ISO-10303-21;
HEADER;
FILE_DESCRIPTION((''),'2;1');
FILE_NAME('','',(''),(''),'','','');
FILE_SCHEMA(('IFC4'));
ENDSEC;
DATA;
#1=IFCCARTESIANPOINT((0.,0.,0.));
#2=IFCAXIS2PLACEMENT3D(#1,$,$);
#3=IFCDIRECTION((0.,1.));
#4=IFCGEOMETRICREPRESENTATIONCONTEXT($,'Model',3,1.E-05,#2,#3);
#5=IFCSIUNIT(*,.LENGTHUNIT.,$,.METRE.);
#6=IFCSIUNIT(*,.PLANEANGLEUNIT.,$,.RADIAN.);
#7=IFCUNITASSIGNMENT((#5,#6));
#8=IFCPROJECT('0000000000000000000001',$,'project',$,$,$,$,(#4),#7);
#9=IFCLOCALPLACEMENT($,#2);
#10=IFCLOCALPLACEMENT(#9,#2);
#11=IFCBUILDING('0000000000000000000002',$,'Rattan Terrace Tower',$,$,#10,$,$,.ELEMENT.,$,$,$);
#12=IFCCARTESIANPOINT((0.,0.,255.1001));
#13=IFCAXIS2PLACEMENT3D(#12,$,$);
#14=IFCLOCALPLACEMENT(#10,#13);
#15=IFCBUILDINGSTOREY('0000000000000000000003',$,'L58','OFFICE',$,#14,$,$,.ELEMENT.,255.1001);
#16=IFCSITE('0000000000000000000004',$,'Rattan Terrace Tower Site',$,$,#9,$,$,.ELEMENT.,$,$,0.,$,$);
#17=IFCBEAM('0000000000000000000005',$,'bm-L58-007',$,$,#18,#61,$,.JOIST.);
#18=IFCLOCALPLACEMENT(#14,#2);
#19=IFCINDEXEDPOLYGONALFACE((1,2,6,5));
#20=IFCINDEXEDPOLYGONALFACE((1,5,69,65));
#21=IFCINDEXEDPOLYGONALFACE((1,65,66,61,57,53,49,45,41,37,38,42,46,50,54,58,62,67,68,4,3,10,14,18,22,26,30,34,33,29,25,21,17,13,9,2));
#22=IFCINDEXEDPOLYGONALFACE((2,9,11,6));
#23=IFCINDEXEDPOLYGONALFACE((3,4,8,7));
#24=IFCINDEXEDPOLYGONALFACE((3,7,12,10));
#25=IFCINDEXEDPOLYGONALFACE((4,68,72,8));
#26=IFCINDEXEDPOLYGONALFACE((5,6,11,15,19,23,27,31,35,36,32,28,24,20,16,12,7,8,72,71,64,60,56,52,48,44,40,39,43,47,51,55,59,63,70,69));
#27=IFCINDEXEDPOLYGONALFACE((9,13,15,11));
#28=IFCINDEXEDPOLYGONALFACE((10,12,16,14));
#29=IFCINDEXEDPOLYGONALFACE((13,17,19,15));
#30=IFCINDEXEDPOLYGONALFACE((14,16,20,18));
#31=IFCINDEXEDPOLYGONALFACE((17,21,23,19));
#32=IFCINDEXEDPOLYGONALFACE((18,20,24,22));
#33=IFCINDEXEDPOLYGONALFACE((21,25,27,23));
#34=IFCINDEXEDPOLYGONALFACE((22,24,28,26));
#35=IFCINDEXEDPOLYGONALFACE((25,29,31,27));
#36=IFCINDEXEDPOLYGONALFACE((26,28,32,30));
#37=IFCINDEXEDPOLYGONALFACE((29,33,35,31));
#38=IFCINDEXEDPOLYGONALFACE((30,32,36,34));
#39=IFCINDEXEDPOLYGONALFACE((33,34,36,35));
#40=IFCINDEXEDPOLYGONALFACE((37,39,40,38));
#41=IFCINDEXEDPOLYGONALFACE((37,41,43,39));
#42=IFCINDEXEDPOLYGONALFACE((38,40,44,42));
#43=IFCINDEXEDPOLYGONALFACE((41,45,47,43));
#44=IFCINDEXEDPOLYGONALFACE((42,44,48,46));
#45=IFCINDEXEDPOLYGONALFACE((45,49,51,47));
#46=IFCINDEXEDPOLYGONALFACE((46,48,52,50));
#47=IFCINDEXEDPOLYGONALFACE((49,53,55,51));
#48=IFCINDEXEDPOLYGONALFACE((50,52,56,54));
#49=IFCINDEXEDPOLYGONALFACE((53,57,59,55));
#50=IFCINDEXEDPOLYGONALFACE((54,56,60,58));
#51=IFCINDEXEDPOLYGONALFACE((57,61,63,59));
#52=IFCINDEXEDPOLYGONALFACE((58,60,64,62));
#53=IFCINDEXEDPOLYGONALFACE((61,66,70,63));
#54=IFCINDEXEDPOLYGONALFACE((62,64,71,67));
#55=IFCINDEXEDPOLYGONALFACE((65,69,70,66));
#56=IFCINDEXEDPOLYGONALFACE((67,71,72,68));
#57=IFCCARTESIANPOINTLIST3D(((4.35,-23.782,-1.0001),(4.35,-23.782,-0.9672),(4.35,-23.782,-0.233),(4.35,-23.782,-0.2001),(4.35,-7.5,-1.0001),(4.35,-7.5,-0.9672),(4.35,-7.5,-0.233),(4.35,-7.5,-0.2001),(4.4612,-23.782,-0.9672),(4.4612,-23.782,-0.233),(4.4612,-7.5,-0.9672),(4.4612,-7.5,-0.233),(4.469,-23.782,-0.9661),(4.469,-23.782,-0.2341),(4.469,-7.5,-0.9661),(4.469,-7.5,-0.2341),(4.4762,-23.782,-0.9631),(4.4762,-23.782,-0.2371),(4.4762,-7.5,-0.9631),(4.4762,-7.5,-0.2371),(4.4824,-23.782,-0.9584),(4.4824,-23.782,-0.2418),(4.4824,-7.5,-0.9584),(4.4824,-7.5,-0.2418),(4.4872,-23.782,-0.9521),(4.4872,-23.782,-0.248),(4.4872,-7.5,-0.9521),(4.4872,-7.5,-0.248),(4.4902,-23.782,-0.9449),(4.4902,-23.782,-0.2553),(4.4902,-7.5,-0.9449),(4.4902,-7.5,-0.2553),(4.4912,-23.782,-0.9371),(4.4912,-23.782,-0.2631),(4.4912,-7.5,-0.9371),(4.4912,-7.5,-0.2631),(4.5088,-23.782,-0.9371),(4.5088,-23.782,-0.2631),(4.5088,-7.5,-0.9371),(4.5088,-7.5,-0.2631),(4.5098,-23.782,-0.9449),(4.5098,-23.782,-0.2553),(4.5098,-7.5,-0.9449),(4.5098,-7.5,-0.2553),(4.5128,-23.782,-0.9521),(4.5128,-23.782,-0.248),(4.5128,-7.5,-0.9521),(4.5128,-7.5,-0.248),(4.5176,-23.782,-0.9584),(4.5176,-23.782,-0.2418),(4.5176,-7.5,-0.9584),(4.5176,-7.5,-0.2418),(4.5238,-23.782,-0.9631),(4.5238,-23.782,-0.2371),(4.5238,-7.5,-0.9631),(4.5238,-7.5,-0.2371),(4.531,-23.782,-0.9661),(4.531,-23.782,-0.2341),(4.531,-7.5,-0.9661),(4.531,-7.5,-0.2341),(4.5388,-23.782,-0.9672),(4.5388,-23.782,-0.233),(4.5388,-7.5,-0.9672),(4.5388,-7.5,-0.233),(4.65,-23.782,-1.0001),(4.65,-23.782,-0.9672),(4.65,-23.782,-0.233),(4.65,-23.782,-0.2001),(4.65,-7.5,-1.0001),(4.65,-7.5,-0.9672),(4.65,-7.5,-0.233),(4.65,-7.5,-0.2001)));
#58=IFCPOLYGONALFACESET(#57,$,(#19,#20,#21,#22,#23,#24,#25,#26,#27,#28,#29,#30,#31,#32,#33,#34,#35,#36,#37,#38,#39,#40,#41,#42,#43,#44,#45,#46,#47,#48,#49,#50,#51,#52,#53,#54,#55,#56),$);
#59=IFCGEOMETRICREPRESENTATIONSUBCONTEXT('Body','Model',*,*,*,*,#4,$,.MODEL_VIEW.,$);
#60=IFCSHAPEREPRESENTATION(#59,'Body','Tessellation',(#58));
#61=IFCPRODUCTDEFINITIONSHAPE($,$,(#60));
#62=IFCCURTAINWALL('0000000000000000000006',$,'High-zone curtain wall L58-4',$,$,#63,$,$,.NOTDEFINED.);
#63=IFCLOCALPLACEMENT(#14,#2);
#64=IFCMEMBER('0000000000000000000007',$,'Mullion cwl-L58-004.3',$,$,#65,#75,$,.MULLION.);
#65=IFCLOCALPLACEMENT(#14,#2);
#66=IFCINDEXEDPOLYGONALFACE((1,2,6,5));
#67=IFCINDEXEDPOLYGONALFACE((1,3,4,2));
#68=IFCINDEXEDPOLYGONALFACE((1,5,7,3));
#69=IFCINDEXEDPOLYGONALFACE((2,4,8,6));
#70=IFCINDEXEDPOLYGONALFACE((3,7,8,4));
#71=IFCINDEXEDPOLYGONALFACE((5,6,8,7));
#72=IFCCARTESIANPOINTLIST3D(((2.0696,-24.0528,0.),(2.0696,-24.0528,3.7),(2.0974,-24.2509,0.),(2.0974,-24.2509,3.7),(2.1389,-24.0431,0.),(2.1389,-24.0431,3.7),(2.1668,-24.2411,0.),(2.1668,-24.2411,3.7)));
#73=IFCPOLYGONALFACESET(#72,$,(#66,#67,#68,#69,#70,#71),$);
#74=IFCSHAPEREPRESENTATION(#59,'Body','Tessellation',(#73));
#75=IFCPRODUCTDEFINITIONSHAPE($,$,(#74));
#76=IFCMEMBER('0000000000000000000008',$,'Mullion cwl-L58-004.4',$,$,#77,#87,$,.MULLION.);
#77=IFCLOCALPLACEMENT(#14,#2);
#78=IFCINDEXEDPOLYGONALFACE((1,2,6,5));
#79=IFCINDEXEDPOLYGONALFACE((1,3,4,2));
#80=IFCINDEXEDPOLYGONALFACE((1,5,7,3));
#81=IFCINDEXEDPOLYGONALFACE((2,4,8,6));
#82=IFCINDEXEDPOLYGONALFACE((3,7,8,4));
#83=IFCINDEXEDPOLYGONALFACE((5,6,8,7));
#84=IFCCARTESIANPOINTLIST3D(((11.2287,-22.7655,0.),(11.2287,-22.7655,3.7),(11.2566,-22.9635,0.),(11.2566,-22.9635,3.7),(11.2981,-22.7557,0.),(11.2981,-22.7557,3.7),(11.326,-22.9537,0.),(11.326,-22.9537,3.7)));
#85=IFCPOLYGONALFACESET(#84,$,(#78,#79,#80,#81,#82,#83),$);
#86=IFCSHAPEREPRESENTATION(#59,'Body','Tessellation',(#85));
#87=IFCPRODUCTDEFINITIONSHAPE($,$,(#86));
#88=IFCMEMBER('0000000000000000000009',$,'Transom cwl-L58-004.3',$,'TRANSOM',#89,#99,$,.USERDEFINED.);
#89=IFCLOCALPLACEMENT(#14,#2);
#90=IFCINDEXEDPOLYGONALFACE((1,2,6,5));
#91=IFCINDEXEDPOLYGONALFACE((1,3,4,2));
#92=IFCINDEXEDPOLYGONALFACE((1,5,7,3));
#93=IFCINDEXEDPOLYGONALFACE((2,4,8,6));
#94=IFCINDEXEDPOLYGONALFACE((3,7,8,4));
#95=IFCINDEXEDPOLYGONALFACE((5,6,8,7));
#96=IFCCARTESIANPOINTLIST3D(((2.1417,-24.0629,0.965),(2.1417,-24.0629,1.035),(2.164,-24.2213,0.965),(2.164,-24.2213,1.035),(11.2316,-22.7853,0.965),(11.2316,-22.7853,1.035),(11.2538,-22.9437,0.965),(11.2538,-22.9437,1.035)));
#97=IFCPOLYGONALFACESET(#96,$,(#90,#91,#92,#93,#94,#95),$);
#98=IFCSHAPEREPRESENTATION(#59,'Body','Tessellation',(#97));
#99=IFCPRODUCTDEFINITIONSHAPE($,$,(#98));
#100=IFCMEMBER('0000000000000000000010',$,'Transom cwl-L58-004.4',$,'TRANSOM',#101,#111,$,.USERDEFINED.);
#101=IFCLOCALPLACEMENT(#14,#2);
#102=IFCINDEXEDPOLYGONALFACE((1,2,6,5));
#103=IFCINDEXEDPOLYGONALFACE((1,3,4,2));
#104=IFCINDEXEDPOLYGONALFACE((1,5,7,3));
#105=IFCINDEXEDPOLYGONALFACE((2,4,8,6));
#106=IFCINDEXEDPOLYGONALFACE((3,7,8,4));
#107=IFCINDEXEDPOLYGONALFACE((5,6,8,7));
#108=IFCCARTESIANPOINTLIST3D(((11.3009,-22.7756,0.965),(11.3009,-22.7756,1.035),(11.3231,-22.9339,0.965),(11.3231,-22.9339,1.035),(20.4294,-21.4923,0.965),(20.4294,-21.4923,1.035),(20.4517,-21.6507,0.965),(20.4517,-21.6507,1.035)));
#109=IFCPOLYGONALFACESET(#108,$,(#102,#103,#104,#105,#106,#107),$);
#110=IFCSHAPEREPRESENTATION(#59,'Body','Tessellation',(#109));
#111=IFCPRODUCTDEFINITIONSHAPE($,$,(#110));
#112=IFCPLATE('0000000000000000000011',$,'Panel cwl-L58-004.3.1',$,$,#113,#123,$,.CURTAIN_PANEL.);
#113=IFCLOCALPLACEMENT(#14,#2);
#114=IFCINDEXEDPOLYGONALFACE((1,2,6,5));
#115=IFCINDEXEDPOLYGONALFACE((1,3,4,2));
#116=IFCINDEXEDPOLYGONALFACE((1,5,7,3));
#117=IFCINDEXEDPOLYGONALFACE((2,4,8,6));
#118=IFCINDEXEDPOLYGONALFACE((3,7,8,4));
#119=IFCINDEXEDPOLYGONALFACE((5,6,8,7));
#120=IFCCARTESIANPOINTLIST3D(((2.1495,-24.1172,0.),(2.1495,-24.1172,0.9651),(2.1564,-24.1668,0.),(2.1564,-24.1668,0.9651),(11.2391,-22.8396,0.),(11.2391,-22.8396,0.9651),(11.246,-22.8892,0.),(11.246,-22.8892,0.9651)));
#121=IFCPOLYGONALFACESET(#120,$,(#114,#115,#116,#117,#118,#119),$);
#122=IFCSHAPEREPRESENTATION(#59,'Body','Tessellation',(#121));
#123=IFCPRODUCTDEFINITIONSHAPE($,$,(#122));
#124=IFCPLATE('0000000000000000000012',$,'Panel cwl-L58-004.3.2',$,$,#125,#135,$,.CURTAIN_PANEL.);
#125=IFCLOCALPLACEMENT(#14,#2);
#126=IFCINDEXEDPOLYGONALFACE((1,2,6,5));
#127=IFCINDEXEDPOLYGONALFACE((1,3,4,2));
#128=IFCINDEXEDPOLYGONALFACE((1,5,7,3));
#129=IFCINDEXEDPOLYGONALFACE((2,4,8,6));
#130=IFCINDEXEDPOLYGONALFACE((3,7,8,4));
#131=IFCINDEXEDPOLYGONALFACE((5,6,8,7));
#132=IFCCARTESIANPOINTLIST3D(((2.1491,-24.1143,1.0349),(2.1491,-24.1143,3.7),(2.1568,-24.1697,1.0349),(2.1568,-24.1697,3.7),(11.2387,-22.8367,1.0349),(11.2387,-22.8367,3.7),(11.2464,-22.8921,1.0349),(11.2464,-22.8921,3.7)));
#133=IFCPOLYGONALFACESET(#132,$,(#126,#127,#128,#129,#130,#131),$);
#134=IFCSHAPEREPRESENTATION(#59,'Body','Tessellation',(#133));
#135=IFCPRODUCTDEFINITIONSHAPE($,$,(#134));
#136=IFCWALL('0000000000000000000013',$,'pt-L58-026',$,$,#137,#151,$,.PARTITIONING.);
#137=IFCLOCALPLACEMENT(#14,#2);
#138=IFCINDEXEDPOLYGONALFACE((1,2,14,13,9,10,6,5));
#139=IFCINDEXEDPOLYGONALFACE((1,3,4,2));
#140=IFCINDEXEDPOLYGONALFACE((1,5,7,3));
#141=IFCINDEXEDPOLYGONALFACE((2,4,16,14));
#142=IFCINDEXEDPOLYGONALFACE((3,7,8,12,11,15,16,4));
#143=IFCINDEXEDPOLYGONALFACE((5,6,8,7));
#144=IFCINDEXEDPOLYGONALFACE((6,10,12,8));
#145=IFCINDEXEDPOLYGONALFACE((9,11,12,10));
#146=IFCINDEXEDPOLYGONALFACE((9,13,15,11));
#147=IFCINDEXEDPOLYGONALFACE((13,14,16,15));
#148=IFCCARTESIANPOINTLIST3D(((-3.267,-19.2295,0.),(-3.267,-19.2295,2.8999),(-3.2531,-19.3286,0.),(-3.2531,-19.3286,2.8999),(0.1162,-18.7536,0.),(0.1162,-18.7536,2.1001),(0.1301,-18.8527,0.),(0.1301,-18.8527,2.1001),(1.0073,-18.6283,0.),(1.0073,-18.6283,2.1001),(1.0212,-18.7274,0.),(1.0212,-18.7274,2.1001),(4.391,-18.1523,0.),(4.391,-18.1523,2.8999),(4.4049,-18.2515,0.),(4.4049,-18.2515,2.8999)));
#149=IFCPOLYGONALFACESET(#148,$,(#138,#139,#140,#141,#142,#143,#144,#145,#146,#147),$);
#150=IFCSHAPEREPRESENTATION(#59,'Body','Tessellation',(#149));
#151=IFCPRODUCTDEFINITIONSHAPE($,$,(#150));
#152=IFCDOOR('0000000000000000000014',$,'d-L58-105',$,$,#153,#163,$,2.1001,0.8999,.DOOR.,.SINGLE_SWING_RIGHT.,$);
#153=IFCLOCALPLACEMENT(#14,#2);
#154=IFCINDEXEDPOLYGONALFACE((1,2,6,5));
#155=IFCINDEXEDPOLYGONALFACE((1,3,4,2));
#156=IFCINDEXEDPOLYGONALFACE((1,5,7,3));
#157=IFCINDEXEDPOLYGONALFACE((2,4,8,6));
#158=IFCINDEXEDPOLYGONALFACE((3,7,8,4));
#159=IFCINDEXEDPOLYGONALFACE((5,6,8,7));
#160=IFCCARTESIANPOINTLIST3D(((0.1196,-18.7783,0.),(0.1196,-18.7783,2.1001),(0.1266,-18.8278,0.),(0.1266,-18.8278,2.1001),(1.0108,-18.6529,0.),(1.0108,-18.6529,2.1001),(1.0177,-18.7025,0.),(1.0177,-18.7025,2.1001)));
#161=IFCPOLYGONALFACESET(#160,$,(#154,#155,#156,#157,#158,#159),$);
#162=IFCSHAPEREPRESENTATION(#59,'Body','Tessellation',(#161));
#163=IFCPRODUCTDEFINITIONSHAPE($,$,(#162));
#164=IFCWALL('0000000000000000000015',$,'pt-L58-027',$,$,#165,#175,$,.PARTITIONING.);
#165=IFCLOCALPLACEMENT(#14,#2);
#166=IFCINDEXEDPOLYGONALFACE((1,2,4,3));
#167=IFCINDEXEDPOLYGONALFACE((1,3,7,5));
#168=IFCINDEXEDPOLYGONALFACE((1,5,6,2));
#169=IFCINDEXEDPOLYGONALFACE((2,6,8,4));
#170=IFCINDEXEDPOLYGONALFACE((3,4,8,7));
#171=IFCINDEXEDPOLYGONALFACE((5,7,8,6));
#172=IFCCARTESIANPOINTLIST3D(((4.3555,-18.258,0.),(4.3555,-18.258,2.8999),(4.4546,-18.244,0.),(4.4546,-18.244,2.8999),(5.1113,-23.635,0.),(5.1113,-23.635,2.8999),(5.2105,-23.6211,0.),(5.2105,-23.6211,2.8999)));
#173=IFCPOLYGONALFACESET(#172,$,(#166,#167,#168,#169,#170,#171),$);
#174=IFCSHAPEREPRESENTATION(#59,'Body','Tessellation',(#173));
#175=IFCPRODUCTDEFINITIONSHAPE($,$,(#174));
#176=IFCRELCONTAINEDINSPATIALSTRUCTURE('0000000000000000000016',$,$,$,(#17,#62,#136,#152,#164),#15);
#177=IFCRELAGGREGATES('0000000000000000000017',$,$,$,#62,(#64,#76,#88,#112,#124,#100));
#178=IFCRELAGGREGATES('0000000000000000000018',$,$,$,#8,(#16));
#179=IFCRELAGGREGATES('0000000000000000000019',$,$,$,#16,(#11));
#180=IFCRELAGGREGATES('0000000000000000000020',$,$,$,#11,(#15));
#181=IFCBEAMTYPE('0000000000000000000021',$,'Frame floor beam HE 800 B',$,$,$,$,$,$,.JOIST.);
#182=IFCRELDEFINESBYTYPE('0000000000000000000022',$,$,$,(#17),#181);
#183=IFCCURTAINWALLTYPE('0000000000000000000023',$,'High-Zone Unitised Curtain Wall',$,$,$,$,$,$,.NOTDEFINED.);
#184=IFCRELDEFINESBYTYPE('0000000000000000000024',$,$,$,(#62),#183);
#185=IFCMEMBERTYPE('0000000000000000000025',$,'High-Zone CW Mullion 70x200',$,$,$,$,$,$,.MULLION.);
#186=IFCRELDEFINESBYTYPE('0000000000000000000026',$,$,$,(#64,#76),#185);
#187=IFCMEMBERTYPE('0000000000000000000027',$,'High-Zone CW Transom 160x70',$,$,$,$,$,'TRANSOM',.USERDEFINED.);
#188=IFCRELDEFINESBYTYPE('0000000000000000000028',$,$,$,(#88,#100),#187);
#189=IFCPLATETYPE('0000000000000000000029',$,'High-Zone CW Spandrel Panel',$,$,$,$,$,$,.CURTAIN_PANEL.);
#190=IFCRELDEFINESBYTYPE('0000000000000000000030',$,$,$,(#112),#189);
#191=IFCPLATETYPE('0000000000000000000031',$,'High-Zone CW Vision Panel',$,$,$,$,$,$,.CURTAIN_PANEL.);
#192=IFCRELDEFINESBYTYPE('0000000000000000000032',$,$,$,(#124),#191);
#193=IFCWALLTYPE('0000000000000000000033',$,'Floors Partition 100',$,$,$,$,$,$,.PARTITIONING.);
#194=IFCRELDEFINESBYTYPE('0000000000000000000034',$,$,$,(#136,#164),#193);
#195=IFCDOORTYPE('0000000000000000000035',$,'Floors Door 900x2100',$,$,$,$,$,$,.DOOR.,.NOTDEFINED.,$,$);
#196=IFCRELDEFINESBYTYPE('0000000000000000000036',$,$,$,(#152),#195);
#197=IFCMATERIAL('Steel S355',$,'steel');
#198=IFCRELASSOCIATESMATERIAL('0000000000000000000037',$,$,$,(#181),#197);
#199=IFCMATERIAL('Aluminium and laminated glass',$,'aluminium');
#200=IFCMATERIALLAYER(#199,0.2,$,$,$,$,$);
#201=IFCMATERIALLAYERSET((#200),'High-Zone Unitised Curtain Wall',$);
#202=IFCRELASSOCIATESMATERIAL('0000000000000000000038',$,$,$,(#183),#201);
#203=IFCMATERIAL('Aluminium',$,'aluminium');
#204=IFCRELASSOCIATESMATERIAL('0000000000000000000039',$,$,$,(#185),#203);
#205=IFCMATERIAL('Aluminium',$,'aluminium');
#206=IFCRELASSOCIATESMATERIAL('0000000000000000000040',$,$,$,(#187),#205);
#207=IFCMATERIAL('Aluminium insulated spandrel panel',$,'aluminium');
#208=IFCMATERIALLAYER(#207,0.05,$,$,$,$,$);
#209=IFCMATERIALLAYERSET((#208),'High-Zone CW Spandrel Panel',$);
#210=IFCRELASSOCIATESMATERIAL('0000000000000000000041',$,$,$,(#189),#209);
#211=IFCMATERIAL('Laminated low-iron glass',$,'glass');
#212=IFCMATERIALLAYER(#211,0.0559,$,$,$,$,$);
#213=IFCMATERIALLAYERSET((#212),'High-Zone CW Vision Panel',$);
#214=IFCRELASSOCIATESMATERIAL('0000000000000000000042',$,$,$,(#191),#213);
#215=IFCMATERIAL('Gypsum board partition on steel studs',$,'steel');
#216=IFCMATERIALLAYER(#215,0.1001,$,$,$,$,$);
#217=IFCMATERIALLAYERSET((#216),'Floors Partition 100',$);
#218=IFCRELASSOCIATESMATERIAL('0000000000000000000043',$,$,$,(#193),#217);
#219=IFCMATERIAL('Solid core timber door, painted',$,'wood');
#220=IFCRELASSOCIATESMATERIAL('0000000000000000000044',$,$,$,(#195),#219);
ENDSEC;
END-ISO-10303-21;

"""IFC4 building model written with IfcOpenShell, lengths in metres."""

from ifc_helpers import new_model, si_unit, direction, frame, frame_2d, origin, origin_2d, place, context, subcontext, project, spatial, rectangle, i_section, extrude, material, layer, layer_set, material_profile, profile_set, type_object, element, fill, aggregate, save


model = new_model("IFC4")

# Units and contexts
model_context = context("Model", 3, precision=1e-05, world=origin(), true_north=direction((0.0, 1.0)))
body_context = subcontext(model_context, "Body", "Model", "MODEL_VIEW")
ifc_project = project(units=[si_unit("LENGTHUNIT", "METRE"), si_unit("PLANEANGLEUNIT", "RADIAN")], contexts=[model_context])

# Site, building, storey
site_placement = place(None, origin())
site = spatial("IfcSite", under=ifc_project, at=site_placement, Name="Rattan Terrace Tower Site", CompositionType="ELEMENT", RefElevation=0.0)
building_placement = place(site_placement, origin())
building = spatial("IfcBuilding", under=site, at=building_placement, Name="Rattan Terrace Tower", CompositionType="ELEMENT")
storey_placement = place(building_placement, frame((0.0, 0.0, 255.1001)))
storey = spatial("IfcBuildingStorey", under=building, at=storey_placement, Name="L58", Description="OFFICE", CompositionType="ELEMENT", Elevation=255.1001)

# Beam
ifc_material_1 = material(Name="Steel S355", Category="steel")
ifc_material_profile_1 = material_profile(ifc_material_1, i_section(OverallWidth=0.3, OverallDepth=0.8, WebThickness=0.0176, FlangeThickness=0.033, FilletRadius=0.03, at=origin_2d()), Name="HE 800 B")
ifc_profile_set_1 = profile_set([ifc_material_profile_1], Name="Steel S355")
beam_type_1 = type_object("IfcBeamType", Name="Frame floor beam HE 800 B", PredefinedType="JOIST", material=ifc_profile_set_1)
beam_1_placement = place(storey_placement, frame((4.5, -23.782, -0.6001), z_axis=(0.0, 1.0, 0.0), x_axis=(-1.0, 0.0, 0.0)))
element("IfcBeam", 1, at=beam_1_placement, inside=storey, type_object=beam_type_1, Name="bm-L58-007", PredefinedType="JOIST", context=body_context, shape_type="SweptSolid", body=[
    extrude(i_section(OverallWidth=0.3, OverallDepth=0.8, WebThickness=0.0176, FlangeThickness=0.033, FilletRadius=0.03, at=origin_2d()), origin(), (0.0, 0.0, 1.0), 16.282),
])

# Curtain wall, members, plates
ifc_material_2 = material(Name="Aluminium and laminated glass", Category="aluminium")
ifc_layer_1 = layer(ifc_material_2, 0.2)
ifc_layer_set_1 = layer_set([ifc_layer_1], Name="High-Zone Unitised Curtain Wall")
curtain_wall_type = type_object("IfcCurtainWallType", Name="High-Zone Unitised Curtain Wall", PredefinedType="NOTDEFINED", material=ifc_layer_set_1)
curtain_wall_placement = place(storey_placement, origin())
curtain_wall = element("IfcCurtainWall", 2, at=curtain_wall_placement, inside=storey, type_object=curtain_wall_type, Name="High-zone curtain wall L58-4", PredefinedType="NOTDEFINED")
ifc_material_3 = material(Name="Aluminium", Category="aluminium")
ifc_material_profile_2 = material_profile(ifc_material_3, rectangle(XDim=0.0701, YDim=0.2, at=origin_2d()), Name="Aluminium 70x200")
ifc_profile_set_2 = profile_set([ifc_material_profile_2], Name="Aluminium")
member_type_1 = type_object("IfcMemberType", Name="High-Zone CW Mullion 70x200", PredefinedType="MULLION", material=ifc_profile_set_2)
member_1_placement = place(storey_placement, frame((2.1182, -24.147, 0.0), z_axis=(0.0, 0.0, 1.0), x_axis=(0.990266, 0.139189, 0.0)))
member_1 = element("IfcMember", 3, at=member_1_placement, type_object=member_type_1, Name="Mullion cwl-L58-004.3", PredefinedType="MULLION", context=body_context, shape_type="SweptSolid", body=[
    extrude(rectangle(XDim=0.0701, YDim=0.2, at=origin_2d()), origin(), (0.0, 0.0, 1.0), 3.7),
])
member_2_placement = place(storey_placement, frame((11.2773, -22.8596, 0.0), z_axis=(0.0, 0.0, 1.0), x_axis=(0.990266, 0.139189, 0.0)))
member_2 = element("IfcMember", 4, at=member_2_placement, type_object=member_type_1, Name="Mullion cwl-L58-004.4", PredefinedType="MULLION", context=body_context, shape_type="SweptSolid", body=[
    extrude(rectangle(XDim=0.0701, YDim=0.2, at=origin_2d()), origin(), (0.0, 0.0, 1.0), 3.7),
])
ifc_material_4 = material(Name="Aluminium", Category="aluminium")
ifc_material_profile_3 = material_profile(ifc_material_4, rectangle(XDim=0.1599, YDim=0.0701, at=origin_2d()), Name="Aluminium 160x70")
ifc_profile_set_3 = profile_set([ifc_material_profile_3], Name="Aluminium")
member_type_2 = type_object("IfcMemberType", Name="High-Zone CW Transom 160x70", ElementType="TRANSOM", PredefinedType="USERDEFINED", material=ifc_profile_set_3)
member_3_placement = place(storey_placement, frame((2.1528, -24.1421, 1.0), z_axis=(0.990267, 0.139183, 0.0), x_axis=(-0.139183, 0.990267, 0.0)))
member_3 = element("IfcMember", 5, at=member_3_placement, type_object=member_type_2, Name="Transom cwl-L58-004.3", ObjectType="TRANSOM", PredefinedType="USERDEFINED", context=body_context, shape_type="SweptSolid", body=[
    extrude(rectangle(XDim=0.1599, YDim=0.0701, at=origin_2d()), origin(), (0.0, 0.0, 1.0), 9.1792),
])
member_4_placement = place(storey_placement, frame((11.312, -22.8547, 1.0), z_axis=(0.990264, 0.139204, 0.0), x_axis=(-0.139204, 0.990264, 0.0)))
member_4 = element("IfcMember", 6, at=member_4_placement, type_object=member_type_2, Name="Transom cwl-L58-004.4", ObjectType="TRANSOM", PredefinedType="USERDEFINED", context=body_context, shape_type="SweptSolid", body=[
    extrude(rectangle(XDim=0.1599, YDim=0.0701, at=origin_2d()), origin(), (0.0, 0.0, 1.0), 9.2183),
])
ifc_material_5 = material(Name="Aluminium insulated spandrel panel", Category="aluminium")
ifc_layer_2 = layer(ifc_material_5, 0.05)
ifc_layer_set_2 = layer_set([ifc_layer_2], Name="High-Zone CW Spandrel Panel")
plate_type_1 = type_object("IfcPlateType", Name="High-Zone CW Spandrel Panel", PredefinedType="CURTAIN_PANEL", material=ifc_layer_set_2)
plate_1_placement = place(storey_placement, frame((6.6978, -23.5032, 0.0), z_axis=(0.0, 0.0, 1.0), x_axis=(0.990266, 0.139189, 0.0)))
plate_1 = element("IfcPlate", 7, at=plate_1_placement, type_object=plate_type_1, Name="Panel cwl-L58-004.3.1", PredefinedType="CURTAIN_PANEL", context=body_context, shape_type="SweptSolid", body=[
    extrude(rectangle(XDim=9.179, YDim=0.05, at=origin_2d()), origin(), (0.0, 0.0, 1.0), 0.9651),
])
ifc_material_6 = material(Name="Laminated low-iron glass", Category="glass")
ifc_layer_3 = layer(ifc_material_6, 0.0559)
ifc_layer_set_3 = layer_set([ifc_layer_3], Name="High-Zone CW Vision Panel")
plate_type_2 = type_object("IfcPlateType", Name="High-Zone CW Vision Panel", PredefinedType="CURTAIN_PANEL", material=ifc_layer_set_3)
plate_2_placement = place(storey_placement, frame((6.6978, -23.5032, 1.0349), z_axis=(0.0, 0.0, 1.0), x_axis=(0.990266, 0.139189, 0.0)))
plate_2 = element("IfcPlate", 8, at=plate_2_placement, type_object=plate_type_2, Name="Panel cwl-L58-004.3.2", PredefinedType="CURTAIN_PANEL", context=body_context, shape_type="SweptSolid", body=[
    extrude(rectangle(XDim=9.179, YDim=0.0559, at=origin_2d()), origin(), (0.0, 0.0, 1.0), 2.665),
])
aggregate(curtain_wall, [member_1, member_2, member_3, plate_1, plate_2, member_4])

# Wall, opening, door
ifc_material_7 = material(Name="Gypsum board partition on steel studs", Category="steel")
ifc_layer_4 = layer(ifc_material_7, 0.1001)
ifc_layer_set_4 = layer_set([ifc_layer_4], Name="Floors Partition 100")
wall_type = type_object("IfcWallType", Name="Floors Partition 100", PredefinedType="PARTITIONING", material=ifc_layer_set_4)
wall_1_placement = place(storey_placement, frame((4.3979, -18.2019, 0.0), z_axis=(0.0, 0.0, 1.0), x_axis=(-0.990252, -0.139286, 0.0)))
wall_1 = element("IfcWall", 9, at=wall_1_placement, inside=storey, type_object=wall_type, Name="pt-L58-026", PredefinedType="PARTITIONING", context=body_context, shape_type="SweptSolid", body=[
    extrude(rectangle(XDim=7.7334, YDim=0.1001, at=frame_2d((3.8667, 0.0))), origin(), (0.0, 0.0, 1.0), 2.8999),
])
opening_1_placement = place(wall_1_placement, frame((3.417, 0.0, 0.0)))
opening_1 = element("IfcOpeningElement", 10, at=opening_1_placement, cuts=wall_1, PredefinedType="OPENING", context=body_context, shape_type="SweptSolid", body=[
    extrude(rectangle(XDim=0.8999, YDim=2.1001, at=frame_2d((0.45, 1.05))), frame((0.0, 0.0605, 0.0), z_axis=(0.0, -1.0, 0.0), x_axis=(1.0, 0.0, 0.0)), (0.0, 0.0, 1.0), 0.1211),
])
ifc_material_8 = material(Name="Solid core timber door, painted", Category="wood")
door_type_1 = type_object("IfcDoorType", Name="Floors Door 900x2100", OperationType="NOTDEFINED", PredefinedType="DOOR", material=ifc_material_8)
door_1_placement = place(opening_1_placement, origin())
door_1 = element("IfcDoor", 11, at=door_1_placement, inside=storey, type_object=door_type_1, Name="d-L58-105", OperationType="SINGLE_SWING_RIGHT", OverallHeight=2.1001, OverallWidth=0.8999, PredefinedType="DOOR", context=body_context, shape_type="SweptSolid", body=[
    extrude(rectangle(XDim=0.8999, YDim=2.1001, at=frame_2d((0.45, 1.05))), frame((0.0, 0.0249, 0.0), z_axis=(0.0, -1.0, 0.0), x_axis=(1.0, 0.0, 0.0)), (0.0, 0.0, 1.0), 0.05),
])
fill(opening_1, door_1)

# Wall
wall_2_placement = place(storey_placement, frame((5.1609, -23.6279, 0.0), z_axis=(0.0, 0.0, 1.0), x_axis=(-0.139205, 0.990264, 0.0)))
element("IfcWall", 12, at=wall_2_placement, inside=storey, type_object=wall_type, Name="pt-L58-027", PredefinedType="PARTITIONING", context=body_context, shape_type="SweptSolid", body=[
    extrude(rectangle(XDim=5.4299, YDim=0.1001, at=frame_2d((2.7148, 0.0))), origin(), (0.0, 0.0, 1.0), 2.8999),
])

save(model, "model.ifc")
